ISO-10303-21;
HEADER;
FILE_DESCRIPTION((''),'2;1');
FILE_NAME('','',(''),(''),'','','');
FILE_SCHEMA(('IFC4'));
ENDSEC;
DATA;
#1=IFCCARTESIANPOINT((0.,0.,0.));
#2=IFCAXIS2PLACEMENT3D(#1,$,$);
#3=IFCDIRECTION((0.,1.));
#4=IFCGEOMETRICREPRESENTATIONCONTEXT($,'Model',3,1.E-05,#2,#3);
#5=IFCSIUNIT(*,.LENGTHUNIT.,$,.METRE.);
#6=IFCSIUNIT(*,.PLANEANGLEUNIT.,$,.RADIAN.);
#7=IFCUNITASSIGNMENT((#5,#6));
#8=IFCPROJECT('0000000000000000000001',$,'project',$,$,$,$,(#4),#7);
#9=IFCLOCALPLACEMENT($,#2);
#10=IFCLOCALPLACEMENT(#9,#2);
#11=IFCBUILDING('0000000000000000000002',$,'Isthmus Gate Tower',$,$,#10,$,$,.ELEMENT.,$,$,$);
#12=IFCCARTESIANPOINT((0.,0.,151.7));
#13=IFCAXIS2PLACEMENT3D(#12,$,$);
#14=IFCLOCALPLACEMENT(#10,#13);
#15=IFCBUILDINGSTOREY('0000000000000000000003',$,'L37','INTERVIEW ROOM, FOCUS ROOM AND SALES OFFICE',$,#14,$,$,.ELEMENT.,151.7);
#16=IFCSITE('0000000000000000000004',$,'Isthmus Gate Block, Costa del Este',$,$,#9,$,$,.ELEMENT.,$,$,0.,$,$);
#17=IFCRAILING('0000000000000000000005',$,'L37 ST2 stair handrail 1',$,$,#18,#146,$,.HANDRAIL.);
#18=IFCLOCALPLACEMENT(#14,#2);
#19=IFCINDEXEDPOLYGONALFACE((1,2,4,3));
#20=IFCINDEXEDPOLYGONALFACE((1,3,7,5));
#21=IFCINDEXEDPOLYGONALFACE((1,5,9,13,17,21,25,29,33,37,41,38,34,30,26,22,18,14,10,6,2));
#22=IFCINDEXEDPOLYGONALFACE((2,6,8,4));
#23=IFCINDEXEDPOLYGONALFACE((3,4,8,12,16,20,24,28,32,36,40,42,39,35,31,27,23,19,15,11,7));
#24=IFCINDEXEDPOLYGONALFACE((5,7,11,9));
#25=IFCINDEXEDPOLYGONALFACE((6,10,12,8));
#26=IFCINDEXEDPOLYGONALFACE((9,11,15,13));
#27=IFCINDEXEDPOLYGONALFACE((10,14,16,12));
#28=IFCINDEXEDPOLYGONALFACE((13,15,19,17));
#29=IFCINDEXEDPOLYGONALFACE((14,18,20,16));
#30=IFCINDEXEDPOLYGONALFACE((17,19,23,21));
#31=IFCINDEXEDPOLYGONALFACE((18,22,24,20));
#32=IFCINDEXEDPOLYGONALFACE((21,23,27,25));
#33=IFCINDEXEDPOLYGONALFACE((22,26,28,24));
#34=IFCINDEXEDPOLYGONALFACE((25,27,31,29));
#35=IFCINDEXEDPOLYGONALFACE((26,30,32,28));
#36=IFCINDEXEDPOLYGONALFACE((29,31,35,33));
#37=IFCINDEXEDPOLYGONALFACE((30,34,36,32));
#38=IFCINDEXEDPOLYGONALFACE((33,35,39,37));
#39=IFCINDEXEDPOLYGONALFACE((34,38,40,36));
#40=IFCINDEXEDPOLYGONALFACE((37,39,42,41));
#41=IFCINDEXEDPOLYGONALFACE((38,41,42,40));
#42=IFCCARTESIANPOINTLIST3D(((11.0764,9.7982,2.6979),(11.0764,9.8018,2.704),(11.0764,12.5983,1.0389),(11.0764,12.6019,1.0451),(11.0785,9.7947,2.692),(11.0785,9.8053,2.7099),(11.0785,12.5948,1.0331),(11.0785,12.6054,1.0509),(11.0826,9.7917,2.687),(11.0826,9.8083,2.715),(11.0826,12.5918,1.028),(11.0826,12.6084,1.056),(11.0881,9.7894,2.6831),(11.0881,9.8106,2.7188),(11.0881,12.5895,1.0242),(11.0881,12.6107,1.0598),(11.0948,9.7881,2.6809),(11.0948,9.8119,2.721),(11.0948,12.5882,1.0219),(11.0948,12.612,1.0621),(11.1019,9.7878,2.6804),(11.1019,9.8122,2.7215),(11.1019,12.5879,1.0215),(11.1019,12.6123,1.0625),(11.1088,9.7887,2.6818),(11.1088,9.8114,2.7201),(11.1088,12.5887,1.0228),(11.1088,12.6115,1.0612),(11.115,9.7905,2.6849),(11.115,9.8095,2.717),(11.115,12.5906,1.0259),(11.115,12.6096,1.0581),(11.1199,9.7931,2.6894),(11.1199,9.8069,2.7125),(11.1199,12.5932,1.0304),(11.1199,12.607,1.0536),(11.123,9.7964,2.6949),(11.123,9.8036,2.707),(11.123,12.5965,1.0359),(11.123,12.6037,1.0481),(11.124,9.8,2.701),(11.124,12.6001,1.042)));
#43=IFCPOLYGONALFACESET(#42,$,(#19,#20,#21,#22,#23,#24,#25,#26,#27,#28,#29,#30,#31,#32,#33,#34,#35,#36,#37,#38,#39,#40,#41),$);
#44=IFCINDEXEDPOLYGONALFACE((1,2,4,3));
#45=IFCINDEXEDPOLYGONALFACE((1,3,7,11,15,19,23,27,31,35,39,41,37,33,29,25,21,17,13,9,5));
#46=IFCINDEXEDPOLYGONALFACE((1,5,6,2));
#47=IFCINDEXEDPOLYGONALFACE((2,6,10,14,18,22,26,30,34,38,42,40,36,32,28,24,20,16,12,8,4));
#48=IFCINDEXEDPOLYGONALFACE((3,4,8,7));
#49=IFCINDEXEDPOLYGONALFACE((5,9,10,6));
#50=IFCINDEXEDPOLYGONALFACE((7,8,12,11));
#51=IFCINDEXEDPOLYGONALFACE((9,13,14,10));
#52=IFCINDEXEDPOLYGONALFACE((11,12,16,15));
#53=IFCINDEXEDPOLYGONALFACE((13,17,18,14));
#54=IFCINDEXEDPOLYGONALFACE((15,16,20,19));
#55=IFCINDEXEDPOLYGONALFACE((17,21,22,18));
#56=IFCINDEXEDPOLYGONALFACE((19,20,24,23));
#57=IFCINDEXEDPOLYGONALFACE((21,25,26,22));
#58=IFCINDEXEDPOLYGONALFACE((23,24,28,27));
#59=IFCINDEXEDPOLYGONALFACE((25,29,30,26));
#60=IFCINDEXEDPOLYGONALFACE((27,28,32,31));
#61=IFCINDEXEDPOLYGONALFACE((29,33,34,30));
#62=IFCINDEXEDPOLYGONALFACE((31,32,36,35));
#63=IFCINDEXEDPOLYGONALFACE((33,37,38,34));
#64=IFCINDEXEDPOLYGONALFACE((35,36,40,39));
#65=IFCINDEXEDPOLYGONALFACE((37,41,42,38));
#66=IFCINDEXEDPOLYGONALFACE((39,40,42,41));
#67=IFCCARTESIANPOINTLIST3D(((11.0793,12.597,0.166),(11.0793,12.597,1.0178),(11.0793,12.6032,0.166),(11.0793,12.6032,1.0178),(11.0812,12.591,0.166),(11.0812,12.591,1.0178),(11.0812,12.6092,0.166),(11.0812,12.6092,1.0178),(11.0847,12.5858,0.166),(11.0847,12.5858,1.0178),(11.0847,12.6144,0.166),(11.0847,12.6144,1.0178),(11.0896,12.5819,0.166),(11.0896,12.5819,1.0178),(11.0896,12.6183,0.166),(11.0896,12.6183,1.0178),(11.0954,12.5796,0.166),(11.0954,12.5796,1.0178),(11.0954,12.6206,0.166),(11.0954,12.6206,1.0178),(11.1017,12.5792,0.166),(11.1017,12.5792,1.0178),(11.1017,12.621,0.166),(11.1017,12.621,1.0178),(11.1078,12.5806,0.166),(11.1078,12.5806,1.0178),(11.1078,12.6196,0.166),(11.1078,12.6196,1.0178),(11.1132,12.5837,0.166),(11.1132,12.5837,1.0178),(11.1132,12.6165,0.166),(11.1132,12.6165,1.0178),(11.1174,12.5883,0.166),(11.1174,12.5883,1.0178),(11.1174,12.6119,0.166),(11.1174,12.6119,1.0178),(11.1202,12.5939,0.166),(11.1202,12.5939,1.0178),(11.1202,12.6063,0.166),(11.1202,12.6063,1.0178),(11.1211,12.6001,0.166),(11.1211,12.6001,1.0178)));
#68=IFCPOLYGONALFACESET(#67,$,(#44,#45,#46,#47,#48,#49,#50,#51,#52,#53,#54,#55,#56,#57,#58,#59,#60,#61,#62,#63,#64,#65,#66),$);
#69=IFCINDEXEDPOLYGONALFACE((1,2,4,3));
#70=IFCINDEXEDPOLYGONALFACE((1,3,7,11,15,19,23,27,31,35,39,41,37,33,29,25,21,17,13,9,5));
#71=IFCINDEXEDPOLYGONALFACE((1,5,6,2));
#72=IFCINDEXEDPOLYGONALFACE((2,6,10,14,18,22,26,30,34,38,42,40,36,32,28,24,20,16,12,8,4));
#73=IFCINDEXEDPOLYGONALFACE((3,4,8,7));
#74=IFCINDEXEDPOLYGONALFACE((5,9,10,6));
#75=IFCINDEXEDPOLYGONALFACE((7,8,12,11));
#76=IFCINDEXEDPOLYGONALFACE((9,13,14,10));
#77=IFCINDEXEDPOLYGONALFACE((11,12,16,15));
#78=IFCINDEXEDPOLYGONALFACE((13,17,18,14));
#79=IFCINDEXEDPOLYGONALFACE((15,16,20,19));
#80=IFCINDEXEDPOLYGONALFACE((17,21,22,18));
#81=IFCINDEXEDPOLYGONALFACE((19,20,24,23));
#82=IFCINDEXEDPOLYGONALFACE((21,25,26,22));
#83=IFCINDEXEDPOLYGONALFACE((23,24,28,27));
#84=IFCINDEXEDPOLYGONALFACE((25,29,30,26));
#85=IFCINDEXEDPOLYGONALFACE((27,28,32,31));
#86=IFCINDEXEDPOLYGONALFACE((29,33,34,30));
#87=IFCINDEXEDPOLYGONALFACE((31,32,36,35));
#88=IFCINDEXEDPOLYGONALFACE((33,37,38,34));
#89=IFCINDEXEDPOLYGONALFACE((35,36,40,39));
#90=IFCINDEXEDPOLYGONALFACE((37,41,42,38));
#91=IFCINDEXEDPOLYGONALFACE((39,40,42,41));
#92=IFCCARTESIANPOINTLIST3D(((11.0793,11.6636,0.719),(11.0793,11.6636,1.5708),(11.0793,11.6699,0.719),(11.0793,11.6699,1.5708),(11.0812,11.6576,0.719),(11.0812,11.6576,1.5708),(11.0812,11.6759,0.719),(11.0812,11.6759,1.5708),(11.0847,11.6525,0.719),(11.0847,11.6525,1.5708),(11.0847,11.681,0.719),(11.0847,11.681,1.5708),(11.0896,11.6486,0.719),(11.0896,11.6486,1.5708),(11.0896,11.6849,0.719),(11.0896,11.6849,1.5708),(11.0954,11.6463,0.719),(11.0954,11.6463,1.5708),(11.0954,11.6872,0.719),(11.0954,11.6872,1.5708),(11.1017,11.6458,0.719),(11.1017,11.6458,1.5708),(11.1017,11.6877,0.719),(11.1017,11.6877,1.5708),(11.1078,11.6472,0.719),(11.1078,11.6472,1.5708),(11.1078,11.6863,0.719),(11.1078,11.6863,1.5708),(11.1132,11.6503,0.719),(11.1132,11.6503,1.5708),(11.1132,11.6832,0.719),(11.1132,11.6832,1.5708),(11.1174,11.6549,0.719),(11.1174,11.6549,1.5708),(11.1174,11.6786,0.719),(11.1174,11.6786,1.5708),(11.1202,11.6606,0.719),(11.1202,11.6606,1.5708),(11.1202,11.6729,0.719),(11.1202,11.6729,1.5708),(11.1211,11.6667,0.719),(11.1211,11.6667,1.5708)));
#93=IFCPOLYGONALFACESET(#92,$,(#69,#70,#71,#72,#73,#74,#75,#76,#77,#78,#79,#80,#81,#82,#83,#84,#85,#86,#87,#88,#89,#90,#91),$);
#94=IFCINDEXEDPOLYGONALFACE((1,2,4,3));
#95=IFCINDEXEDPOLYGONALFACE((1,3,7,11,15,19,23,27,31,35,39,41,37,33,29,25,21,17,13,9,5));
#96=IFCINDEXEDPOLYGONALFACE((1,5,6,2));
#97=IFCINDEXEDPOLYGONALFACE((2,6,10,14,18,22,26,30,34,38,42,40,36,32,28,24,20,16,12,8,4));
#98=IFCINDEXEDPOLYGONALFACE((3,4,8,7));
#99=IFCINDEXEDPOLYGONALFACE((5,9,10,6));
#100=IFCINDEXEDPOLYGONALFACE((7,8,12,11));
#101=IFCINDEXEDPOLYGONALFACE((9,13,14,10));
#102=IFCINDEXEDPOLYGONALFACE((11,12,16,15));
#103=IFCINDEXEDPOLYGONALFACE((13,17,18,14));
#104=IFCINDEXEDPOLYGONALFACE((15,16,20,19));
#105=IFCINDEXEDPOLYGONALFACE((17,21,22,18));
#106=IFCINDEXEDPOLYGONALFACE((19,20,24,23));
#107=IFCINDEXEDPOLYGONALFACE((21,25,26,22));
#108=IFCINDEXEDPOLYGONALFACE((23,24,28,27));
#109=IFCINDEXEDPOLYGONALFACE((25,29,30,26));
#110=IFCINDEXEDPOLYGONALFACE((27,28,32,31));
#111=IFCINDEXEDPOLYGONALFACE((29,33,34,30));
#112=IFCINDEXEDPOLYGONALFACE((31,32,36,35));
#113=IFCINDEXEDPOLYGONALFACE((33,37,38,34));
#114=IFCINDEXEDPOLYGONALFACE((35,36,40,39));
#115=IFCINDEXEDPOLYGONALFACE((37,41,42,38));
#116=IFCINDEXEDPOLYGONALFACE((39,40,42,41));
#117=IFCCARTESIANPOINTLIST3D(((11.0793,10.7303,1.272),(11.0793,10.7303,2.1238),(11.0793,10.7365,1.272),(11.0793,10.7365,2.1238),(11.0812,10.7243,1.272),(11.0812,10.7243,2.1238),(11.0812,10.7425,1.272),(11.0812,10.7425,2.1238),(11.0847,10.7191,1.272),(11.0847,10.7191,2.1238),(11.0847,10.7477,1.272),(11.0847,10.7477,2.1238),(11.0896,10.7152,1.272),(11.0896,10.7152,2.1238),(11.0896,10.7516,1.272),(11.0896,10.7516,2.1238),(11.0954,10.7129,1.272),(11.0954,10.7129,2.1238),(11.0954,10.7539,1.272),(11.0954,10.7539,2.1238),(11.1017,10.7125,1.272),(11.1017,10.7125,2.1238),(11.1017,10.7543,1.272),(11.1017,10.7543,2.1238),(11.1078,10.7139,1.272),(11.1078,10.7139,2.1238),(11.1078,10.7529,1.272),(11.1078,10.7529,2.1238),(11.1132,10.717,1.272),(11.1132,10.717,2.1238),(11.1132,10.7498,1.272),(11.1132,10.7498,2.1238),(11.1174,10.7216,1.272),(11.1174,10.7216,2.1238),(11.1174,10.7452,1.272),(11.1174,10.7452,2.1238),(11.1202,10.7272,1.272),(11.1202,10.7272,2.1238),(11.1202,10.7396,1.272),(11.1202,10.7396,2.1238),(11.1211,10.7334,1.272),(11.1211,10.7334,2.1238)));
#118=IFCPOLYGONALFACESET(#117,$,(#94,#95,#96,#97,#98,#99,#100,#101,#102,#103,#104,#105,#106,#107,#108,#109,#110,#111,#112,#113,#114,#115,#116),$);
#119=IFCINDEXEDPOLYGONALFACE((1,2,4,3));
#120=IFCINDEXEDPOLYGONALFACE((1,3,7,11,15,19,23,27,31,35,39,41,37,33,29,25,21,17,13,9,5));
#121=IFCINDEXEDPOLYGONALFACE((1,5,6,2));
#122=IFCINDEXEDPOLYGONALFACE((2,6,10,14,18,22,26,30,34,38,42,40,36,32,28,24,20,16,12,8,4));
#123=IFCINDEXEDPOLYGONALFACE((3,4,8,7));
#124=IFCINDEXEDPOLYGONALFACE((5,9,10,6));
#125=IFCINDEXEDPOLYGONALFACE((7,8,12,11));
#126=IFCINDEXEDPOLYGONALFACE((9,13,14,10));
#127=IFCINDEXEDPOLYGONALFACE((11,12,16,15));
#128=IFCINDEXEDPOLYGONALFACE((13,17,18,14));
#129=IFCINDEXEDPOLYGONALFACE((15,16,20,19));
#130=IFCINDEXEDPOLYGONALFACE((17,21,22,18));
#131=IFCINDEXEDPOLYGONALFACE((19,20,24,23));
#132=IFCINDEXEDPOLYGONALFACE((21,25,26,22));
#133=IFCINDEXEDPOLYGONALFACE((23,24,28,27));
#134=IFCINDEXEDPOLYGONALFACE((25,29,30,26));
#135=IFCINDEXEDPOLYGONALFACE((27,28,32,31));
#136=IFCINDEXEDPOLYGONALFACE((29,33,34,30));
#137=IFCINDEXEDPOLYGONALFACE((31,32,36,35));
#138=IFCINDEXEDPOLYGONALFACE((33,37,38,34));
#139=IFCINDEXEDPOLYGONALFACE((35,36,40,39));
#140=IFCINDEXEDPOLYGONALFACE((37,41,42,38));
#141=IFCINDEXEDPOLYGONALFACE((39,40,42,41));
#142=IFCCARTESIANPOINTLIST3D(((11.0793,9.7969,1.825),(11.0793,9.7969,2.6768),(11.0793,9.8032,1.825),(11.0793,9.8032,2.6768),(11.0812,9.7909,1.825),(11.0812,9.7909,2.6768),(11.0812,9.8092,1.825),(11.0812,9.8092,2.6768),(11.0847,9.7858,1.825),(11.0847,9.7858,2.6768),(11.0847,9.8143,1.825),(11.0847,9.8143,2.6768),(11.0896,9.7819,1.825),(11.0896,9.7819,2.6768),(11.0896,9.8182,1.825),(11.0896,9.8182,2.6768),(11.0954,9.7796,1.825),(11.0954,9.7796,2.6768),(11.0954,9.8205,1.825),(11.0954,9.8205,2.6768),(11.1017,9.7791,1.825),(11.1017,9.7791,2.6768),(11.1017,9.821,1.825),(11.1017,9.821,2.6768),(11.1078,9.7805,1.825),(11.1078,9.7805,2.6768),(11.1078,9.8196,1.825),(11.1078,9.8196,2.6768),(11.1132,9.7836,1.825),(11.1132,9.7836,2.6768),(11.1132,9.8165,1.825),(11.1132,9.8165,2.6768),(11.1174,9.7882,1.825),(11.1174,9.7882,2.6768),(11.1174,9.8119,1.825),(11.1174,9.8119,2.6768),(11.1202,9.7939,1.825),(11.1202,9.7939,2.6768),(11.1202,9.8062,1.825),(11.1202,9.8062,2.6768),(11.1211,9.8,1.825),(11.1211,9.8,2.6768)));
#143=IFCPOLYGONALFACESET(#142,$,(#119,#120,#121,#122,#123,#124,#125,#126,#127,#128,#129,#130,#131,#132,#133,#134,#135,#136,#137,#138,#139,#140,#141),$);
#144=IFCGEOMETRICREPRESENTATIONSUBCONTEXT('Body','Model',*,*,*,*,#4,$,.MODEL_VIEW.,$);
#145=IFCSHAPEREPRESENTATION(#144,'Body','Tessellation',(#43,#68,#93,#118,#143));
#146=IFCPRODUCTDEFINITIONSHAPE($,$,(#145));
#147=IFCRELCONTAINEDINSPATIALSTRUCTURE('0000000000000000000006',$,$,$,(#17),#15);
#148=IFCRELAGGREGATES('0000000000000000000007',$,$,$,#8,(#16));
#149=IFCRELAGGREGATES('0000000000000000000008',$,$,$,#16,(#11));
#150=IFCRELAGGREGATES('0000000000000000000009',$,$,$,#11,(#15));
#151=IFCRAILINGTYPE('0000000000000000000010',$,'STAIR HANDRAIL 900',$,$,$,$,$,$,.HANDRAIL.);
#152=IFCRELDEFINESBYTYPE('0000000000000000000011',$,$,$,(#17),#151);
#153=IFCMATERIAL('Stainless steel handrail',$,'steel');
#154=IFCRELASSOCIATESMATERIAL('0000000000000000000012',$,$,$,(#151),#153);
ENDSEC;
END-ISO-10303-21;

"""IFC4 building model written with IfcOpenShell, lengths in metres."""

from ifc_helpers import new_model, si_unit, direction, frame, origin, origin_2d, place, context, subcontext, project, spatial, circle, extrude, material, type_object, element, save


model = new_model("IFC4")

# Units and contexts
model_context = context("Model", 3, precision=1e-05, world=origin(), true_north=direction((0.0, 1.0)))
body_context = subcontext(model_context, "Body", "Model", "MODEL_VIEW")
ifc_project = project(units=[si_unit("LENGTHUNIT", "METRE"), si_unit("PLANEANGLEUNIT", "RADIAN")], contexts=[model_context])

# Site, building, storey
site_placement = place(None, origin())
site = spatial("IfcSite", under=ifc_project, at=site_placement, Name="Isthmus Gate Block, Costa del Este", CompositionType="ELEMENT", RefElevation=0.0)
building_placement = place(site_placement, origin())
building = spatial("IfcBuilding", under=site, at=building_placement, Name="Isthmus Gate Tower", CompositionType="ELEMENT")
storey_placement = place(building_placement, frame((0.0, 0.0, 151.7)))
storey = spatial("IfcBuildingStorey", under=building, at=storey_placement, Name="L37", Description="INTERVIEW ROOM, FOCUS ROOM AND SALES OFFICE", CompositionType="ELEMENT", Elevation=151.7)

# Railing
ifc_material_1 = material(Name="Stainless steel handrail", Category="steel")
railing_type_1 = type_object("IfcRailingType", Name="STAIR HANDRAIL 900", PredefinedType="HANDRAIL", material=ifc_material_1)
railing_1_placement = place(storey_placement, frame((11.1001, 12.6001, 0.166)))
element("IfcRailing", 1, at=railing_1_placement, inside=storey, type_object=railing_type_1, Name="L37 ST2 stair handrail 1", PredefinedType="HANDRAIL", context=body_context, shape_type="SweptSolid", body=[
    extrude(circle(Radius=0.0239, at=origin_2d()), frame((0.0, 0.0, 0.876), z_axis=(0.0, -0.860339, 0.509722), x_axis=(1.0, 0.0, 0.0)), (0.0, 0.0, 1.0), 3.2546),
    extrude(circle(Radius=0.021, at=origin_2d()), origin(), (0.0, 0.0, 1.0), 0.8518),
    extrude(circle(Radius=0.021, at=origin_2d()), frame((0.0, -0.9333, 0.553)), (0.0, 0.0, 1.0), 0.8518),
    extrude(circle(Radius=0.021, at=origin_2d()), frame((0.0, -1.8667, 1.106)), (0.0, 0.0, 1.0), 0.8518),
    extrude(circle(Radius=0.021, at=origin_2d()), frame((0.0, -2.8, 1.6589)), (0.0, 0.0, 1.0), 0.8518),
])

save(model, "model.ifc")
